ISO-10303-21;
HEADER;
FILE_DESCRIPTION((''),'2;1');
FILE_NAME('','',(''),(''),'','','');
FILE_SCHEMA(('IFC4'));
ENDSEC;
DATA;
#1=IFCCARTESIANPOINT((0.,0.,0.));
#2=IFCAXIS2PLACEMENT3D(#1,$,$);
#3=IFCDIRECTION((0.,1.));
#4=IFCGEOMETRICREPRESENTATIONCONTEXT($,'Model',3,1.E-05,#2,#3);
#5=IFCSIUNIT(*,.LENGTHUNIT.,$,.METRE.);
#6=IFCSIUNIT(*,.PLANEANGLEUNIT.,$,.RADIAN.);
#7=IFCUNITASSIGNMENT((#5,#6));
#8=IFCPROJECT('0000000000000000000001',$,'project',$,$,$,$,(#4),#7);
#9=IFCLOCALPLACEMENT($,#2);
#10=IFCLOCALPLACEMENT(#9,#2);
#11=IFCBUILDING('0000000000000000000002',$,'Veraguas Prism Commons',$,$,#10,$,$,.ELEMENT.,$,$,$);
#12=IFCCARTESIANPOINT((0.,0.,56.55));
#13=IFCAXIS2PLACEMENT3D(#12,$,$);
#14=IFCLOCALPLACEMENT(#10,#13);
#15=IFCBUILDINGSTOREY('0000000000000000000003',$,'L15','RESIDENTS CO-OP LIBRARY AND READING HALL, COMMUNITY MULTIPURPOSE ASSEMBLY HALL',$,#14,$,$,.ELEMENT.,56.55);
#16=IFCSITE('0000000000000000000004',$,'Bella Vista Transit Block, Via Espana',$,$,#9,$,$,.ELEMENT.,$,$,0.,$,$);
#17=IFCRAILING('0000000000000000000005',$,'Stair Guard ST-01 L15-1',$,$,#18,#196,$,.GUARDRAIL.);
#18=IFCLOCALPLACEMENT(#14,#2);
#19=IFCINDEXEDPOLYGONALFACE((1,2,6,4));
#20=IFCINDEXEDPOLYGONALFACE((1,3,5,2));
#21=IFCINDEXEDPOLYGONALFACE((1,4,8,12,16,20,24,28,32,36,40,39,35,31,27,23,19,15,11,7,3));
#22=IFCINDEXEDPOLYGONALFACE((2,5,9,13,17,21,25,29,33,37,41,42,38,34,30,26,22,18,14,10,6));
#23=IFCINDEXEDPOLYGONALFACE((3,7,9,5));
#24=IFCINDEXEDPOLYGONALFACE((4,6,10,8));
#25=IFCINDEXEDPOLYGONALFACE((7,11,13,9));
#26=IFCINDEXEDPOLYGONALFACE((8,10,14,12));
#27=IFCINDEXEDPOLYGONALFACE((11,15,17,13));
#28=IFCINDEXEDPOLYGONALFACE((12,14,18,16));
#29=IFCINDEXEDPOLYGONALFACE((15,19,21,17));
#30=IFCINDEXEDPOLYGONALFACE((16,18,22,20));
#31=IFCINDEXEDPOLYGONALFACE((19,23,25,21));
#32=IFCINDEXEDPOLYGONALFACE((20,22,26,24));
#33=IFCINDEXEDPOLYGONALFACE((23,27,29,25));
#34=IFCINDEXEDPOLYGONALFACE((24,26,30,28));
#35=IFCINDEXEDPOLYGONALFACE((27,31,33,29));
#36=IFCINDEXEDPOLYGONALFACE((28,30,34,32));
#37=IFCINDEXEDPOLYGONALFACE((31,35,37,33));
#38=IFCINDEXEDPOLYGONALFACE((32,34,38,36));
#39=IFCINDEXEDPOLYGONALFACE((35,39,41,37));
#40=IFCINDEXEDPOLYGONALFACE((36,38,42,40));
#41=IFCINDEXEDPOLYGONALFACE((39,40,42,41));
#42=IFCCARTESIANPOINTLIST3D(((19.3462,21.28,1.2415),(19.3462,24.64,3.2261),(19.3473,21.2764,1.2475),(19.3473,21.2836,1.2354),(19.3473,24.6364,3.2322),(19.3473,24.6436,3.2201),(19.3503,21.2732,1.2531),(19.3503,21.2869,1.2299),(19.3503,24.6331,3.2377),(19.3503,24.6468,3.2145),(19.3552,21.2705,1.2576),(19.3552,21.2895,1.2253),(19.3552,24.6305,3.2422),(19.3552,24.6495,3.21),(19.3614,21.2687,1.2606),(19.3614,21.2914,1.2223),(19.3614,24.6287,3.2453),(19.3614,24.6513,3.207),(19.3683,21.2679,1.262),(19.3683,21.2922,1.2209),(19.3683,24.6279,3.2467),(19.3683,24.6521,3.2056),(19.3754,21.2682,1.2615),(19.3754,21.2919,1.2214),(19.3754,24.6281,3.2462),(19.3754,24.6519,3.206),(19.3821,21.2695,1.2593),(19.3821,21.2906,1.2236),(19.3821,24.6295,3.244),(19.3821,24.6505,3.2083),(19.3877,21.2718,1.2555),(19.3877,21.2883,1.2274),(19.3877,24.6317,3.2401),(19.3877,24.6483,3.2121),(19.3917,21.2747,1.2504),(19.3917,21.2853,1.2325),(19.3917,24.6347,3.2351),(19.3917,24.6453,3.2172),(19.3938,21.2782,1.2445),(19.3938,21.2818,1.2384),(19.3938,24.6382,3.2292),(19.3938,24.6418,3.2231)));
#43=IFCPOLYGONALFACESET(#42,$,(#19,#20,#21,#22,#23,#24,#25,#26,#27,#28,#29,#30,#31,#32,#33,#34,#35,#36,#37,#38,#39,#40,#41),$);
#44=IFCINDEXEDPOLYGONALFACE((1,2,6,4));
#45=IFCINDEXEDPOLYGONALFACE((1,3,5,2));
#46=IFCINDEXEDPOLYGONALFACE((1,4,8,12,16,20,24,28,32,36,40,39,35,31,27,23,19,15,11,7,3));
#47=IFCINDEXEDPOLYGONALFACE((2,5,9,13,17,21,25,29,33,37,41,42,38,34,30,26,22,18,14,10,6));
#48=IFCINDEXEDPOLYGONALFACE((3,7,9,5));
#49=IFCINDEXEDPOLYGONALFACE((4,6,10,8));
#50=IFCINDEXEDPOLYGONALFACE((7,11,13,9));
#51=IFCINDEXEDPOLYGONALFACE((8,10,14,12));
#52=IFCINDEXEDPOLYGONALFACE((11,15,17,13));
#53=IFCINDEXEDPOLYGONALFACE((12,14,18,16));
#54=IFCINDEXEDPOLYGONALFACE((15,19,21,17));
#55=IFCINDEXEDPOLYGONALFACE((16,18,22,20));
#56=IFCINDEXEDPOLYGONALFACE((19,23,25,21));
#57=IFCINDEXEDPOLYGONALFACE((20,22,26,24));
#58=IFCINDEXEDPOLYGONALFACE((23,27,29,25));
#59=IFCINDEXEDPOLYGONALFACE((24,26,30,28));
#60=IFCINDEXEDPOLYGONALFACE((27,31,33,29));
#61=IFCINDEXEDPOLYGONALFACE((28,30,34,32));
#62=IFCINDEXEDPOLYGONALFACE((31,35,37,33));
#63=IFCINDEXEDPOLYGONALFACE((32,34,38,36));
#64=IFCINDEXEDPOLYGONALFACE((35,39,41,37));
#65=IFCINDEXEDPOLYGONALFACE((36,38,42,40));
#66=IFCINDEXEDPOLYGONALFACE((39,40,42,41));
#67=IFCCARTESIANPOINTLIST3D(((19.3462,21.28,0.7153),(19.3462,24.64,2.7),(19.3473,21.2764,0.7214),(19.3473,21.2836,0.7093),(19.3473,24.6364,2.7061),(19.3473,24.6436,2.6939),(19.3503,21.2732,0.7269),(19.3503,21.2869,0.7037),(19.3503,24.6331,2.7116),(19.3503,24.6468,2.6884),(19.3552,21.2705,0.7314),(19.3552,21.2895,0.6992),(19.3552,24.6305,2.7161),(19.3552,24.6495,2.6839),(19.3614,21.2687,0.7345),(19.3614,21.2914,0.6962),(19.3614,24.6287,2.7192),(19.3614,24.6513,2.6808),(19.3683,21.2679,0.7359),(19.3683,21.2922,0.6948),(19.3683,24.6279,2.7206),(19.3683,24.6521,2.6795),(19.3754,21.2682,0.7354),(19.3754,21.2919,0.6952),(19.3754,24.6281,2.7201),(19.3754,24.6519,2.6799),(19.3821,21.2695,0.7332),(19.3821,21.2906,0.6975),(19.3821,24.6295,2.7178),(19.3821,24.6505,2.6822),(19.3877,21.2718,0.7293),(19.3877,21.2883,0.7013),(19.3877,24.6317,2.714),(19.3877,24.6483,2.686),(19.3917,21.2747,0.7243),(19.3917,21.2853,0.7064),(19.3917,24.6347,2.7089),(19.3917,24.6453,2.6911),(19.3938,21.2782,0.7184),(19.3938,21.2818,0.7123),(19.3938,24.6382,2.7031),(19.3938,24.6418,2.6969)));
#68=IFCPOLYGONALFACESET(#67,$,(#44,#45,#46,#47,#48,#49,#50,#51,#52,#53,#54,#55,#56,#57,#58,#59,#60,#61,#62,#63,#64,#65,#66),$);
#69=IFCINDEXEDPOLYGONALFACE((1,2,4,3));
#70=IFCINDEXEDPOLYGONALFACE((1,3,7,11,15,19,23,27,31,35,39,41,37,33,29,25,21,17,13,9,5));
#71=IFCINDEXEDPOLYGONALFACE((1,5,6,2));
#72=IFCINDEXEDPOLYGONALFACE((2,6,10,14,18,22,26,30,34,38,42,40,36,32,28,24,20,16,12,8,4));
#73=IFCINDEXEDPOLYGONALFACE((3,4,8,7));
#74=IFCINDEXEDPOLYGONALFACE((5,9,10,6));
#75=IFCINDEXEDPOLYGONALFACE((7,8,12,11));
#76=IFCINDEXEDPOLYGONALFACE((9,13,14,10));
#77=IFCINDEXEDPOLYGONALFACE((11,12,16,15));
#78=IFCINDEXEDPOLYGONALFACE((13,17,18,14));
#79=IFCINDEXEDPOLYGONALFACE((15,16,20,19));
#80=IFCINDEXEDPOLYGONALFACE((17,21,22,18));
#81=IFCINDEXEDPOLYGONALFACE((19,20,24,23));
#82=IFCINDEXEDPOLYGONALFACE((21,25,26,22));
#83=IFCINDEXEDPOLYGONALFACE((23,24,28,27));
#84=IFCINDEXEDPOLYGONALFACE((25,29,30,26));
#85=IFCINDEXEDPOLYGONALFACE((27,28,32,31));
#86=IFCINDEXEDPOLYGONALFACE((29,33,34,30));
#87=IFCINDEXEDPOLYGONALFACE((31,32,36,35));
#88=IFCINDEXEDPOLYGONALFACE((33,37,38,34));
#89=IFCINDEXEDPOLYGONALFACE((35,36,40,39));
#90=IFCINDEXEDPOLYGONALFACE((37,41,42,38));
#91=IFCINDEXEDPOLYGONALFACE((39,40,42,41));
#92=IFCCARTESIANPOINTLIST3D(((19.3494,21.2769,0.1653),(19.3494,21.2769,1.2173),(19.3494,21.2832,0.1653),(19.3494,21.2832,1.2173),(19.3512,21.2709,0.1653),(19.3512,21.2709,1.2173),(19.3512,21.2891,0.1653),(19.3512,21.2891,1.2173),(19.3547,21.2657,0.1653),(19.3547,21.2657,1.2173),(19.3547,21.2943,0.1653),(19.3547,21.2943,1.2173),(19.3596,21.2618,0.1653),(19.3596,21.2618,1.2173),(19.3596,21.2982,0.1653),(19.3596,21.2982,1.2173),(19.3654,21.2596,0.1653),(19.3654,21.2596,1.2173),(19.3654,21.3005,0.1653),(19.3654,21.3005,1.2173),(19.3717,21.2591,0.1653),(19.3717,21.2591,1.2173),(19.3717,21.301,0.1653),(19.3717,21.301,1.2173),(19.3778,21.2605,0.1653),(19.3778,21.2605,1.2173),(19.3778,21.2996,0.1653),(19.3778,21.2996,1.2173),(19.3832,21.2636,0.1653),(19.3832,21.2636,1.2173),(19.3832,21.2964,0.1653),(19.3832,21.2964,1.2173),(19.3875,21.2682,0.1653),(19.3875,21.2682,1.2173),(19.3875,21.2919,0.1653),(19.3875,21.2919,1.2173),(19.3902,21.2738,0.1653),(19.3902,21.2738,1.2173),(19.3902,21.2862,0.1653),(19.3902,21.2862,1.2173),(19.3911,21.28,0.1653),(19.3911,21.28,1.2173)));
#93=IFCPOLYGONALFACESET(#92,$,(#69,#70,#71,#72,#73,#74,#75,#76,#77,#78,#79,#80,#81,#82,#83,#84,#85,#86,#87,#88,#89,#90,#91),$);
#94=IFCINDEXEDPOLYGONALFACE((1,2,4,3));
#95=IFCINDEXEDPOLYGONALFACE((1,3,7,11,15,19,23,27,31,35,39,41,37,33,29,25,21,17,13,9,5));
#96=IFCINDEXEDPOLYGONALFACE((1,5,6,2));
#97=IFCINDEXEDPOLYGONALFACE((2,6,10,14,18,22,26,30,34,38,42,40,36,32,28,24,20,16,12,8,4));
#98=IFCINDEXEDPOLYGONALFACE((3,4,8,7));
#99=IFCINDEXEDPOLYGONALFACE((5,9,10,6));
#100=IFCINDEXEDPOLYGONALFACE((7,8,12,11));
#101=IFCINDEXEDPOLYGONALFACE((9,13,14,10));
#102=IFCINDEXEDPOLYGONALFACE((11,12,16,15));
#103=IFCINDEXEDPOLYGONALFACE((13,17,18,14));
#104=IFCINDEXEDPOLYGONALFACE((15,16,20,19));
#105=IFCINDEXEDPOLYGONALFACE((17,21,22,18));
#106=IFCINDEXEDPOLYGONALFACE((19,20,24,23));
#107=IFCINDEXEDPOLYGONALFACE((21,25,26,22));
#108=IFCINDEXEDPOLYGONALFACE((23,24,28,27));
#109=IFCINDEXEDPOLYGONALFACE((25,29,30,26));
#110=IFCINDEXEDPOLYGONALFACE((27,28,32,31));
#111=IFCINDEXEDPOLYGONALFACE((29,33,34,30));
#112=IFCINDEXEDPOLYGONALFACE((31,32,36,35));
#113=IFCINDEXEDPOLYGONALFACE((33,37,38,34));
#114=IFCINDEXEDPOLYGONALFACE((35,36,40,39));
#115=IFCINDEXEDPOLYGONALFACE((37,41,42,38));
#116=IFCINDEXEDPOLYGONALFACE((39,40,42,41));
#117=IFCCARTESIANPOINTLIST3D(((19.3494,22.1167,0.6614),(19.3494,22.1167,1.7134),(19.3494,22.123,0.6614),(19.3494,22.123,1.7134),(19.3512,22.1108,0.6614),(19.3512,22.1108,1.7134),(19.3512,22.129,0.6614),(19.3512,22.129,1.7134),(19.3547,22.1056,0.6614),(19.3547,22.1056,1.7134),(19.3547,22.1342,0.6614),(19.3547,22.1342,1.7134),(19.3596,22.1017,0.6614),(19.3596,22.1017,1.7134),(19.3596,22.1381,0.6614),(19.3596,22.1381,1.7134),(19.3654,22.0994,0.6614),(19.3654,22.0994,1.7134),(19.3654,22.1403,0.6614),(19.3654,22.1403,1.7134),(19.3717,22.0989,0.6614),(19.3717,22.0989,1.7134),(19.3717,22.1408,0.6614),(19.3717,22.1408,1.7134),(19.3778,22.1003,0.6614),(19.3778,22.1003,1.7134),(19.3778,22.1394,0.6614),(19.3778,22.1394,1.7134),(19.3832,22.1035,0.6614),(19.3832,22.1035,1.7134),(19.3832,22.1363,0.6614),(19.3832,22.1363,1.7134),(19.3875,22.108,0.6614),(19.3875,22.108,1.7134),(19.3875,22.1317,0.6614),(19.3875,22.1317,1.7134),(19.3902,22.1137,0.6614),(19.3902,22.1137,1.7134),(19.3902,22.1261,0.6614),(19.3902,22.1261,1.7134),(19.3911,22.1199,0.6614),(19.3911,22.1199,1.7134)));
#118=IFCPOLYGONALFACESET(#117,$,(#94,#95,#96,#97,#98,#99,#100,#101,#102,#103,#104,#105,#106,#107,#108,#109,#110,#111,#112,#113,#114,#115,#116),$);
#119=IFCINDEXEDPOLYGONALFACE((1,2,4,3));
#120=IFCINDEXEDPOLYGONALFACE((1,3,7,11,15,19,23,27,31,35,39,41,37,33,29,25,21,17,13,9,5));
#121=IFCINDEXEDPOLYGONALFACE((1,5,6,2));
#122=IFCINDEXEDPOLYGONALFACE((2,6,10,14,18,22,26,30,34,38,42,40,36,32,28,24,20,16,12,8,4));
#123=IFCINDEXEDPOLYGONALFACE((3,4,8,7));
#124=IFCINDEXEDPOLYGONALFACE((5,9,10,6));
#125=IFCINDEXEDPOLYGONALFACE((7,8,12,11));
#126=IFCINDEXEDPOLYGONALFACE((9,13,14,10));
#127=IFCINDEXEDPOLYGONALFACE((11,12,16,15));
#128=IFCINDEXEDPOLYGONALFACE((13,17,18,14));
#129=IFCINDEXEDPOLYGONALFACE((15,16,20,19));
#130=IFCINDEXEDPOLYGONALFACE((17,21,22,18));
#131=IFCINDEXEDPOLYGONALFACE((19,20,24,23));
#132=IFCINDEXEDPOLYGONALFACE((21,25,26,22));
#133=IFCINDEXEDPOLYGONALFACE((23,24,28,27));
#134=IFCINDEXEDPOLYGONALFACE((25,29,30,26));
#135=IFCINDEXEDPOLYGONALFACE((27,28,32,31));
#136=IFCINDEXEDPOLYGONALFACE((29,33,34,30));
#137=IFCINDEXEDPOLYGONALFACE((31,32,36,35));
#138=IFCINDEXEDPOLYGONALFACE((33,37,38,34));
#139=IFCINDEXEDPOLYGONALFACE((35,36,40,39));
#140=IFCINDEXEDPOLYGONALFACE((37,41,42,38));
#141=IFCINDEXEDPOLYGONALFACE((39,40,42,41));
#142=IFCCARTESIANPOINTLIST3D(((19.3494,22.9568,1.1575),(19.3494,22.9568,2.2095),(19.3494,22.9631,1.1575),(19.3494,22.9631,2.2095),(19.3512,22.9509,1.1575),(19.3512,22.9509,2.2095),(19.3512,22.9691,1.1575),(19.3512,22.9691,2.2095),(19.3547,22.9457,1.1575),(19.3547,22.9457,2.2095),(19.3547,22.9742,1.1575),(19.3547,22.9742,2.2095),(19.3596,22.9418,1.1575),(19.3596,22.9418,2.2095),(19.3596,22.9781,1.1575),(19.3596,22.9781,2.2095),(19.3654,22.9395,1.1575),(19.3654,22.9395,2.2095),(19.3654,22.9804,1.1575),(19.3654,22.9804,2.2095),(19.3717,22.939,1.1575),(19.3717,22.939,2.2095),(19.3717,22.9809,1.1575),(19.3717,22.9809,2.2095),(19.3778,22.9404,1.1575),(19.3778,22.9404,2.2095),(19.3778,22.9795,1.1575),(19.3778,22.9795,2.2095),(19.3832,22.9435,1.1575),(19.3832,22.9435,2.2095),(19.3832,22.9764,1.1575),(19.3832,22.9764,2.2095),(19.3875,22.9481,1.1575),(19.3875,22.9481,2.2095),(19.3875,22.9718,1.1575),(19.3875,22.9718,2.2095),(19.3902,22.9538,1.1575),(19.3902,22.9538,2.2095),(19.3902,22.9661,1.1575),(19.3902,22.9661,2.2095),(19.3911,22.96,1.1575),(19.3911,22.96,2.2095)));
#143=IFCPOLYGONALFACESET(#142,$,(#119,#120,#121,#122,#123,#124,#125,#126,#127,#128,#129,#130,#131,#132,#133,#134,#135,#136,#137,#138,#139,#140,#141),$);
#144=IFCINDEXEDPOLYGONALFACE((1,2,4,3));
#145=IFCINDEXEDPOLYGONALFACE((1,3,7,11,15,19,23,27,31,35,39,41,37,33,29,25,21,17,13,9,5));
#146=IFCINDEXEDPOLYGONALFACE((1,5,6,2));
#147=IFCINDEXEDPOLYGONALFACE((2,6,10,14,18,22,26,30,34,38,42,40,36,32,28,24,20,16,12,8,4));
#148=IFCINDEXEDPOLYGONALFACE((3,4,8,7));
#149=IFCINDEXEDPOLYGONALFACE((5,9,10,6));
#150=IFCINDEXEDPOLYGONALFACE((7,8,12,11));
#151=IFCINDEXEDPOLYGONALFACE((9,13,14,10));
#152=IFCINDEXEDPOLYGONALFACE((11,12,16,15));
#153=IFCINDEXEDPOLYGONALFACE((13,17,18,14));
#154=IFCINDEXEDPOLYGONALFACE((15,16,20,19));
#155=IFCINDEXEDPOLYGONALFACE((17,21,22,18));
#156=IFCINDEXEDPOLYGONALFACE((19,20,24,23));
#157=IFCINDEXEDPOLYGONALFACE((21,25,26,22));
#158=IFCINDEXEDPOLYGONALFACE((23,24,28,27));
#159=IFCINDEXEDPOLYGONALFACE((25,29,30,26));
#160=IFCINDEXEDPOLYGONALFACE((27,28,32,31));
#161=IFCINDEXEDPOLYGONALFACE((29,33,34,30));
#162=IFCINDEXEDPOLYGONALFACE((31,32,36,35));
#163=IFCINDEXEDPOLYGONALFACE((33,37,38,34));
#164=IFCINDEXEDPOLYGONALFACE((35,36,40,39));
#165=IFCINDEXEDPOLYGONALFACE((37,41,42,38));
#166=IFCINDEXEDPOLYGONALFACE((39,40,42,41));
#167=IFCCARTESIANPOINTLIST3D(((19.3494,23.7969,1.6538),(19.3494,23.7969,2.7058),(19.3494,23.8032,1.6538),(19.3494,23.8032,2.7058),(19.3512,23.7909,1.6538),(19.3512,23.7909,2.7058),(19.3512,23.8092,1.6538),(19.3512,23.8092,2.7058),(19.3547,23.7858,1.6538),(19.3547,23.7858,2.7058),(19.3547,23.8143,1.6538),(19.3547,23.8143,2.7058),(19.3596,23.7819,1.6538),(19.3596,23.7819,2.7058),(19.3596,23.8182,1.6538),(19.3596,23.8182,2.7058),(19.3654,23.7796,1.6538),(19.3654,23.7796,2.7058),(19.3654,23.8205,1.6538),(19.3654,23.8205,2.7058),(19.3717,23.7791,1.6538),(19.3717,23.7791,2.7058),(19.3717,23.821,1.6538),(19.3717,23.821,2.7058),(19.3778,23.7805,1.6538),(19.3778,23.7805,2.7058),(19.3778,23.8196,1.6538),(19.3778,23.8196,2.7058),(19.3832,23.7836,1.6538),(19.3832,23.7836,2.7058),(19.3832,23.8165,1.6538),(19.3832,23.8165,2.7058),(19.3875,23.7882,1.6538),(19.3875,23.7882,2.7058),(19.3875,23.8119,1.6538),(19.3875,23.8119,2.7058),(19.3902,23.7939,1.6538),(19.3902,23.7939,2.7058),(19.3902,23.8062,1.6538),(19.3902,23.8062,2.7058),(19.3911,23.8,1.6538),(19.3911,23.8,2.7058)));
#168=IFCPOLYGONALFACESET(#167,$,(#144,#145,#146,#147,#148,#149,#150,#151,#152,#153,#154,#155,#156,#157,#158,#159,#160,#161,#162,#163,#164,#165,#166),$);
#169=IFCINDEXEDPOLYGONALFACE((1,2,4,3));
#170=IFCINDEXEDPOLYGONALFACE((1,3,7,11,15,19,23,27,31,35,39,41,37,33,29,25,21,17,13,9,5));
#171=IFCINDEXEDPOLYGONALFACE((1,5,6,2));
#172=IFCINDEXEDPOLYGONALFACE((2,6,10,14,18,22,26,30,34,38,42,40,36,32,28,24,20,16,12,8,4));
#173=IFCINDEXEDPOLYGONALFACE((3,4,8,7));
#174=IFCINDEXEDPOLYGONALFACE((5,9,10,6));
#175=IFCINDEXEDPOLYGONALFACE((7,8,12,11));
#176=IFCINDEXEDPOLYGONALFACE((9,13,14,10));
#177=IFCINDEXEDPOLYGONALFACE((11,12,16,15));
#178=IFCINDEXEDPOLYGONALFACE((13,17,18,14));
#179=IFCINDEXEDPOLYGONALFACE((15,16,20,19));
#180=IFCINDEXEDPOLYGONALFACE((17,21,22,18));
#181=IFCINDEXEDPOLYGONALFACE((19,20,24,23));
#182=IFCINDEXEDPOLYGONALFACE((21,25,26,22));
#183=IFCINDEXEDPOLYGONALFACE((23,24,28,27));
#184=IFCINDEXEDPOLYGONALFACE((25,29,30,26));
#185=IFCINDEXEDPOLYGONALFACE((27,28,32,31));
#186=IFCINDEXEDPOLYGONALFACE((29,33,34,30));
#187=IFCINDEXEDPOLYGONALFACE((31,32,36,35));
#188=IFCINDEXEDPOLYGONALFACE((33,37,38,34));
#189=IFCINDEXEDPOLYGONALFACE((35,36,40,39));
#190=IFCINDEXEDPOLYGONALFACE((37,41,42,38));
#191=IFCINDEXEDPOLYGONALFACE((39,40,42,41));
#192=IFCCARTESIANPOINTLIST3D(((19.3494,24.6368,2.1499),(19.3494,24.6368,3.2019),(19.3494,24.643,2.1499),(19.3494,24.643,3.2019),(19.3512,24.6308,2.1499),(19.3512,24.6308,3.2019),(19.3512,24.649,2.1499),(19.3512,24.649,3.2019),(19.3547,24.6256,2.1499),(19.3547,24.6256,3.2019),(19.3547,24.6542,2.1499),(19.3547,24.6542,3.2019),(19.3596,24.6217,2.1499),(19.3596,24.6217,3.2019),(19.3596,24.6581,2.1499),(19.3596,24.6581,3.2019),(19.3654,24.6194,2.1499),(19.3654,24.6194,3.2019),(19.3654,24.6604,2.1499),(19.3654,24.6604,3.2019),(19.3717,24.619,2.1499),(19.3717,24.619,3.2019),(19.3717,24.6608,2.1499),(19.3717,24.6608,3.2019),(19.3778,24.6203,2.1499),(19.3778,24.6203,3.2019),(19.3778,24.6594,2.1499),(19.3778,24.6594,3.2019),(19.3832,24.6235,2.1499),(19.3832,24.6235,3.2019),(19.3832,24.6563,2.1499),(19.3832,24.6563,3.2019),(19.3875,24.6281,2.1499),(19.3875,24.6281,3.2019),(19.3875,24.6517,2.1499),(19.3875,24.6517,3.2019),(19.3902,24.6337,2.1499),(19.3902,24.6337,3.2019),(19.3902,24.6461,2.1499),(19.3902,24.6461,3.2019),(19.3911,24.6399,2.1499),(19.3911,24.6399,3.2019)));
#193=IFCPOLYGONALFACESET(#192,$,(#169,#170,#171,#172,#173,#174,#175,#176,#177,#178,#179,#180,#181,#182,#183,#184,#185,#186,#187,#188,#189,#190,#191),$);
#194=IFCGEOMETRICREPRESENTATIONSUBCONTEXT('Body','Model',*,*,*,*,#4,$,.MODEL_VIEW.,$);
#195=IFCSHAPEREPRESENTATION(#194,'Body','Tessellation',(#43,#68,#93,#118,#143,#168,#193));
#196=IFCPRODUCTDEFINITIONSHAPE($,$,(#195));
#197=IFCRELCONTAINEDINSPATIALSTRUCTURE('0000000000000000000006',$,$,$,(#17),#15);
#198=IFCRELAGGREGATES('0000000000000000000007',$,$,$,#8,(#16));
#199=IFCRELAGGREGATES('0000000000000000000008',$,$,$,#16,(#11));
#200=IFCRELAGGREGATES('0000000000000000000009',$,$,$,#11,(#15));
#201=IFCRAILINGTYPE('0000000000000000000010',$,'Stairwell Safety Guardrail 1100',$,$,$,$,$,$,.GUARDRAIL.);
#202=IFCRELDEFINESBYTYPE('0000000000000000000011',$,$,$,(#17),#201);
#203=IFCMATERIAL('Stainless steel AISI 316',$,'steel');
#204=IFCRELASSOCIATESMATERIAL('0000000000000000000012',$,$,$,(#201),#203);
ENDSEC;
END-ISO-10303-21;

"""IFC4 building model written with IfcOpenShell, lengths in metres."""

from ifc_helpers import new_model, si_unit, direction, frame, origin, origin_2d, place, context, subcontext, project, spatial, circle, extrude, material, type_object, element, save


model = new_model("IFC4")

# Units and contexts
model_context = context("Model", 3, precision=1e-05, world=origin(), true_north=direction((0.0, 1.0)))
body_context = subcontext(model_context, "Body", "Model", "MODEL_VIEW")
ifc_project = project(units=[si_unit("LENGTHUNIT", "METRE"), si_unit("PLANEANGLEUNIT", "RADIAN")], contexts=[model_context])

# Site, building, storey
site_placement = place(None, origin())
site = spatial("IfcSite", under=ifc_project, at=site_placement, Name="Bella Vista Transit Block, Via Espana", CompositionType="ELEMENT", RefElevation=0.0)
building_placement = place(site_placement, origin())
building = spatial("IfcBuilding", under=site, at=building_placement, Name="Veraguas Prism Commons", CompositionType="ELEMENT")
storey_placement = place(building_placement, frame((0.0, 0.0, 56.55)))
storey = spatial("IfcBuildingStorey", under=building, at=storey_placement, Name="L15", Description="RESIDENTS CO-OP LIBRARY AND READING HALL, COMMUNITY MULTIPURPOSE ASSEMBLY HALL", CompositionType="ELEMENT", Elevation=56.55)

# Railing
ifc_material_1 = material(Name="Stainless steel AISI 316", Category="steel")
railing_type_1 = type_object("IfcRailingType", Name="Stairwell Safety Guardrail 1100", PredefinedType="GUARDRAIL", material=ifc_material_1)
railing_1_placement = place(storey_placement, frame((19.3701, 21.28, 0.1653)))
element("IfcRailing", 1, at=railing_1_placement, inside=storey, type_object=railing_type_1, Name="Stair Guard ST-01 L15-1", PredefinedType="GUARDRAIL", context=body_context, shape_type="SweptSolid", body=[
    extrude(circle(Radius=0.0239, at=origin_2d()), frame((0.0, 0.0, 1.0762), z_axis=(0.0, 0.861011, 0.508586), x_axis=(-1.0, 0.0, 0.0)), (0.0, 0.0, 1.0), 3.9023),
    extrude(circle(Radius=0.0239, at=origin_2d()), frame((0.0, 0.0, 0.55), z_axis=(0.0, 0.861011, 0.508586), x_axis=(-1.0, 0.0, 0.0)), (0.0, 0.0, 1.0), 3.9023),
    extrude(circle(Radius=0.021, at=origin_2d()), origin(), (0.0, 0.0, 1.0), 1.052),
    extrude(circle(Radius=0.021, at=origin_2d()), frame((0.0, 0.8398, 0.4961)), (0.0, 0.0, 1.0), 1.052),
    extrude(circle(Radius=0.021, at=origin_2d()), frame((0.0, 1.6799, 0.9922)), (0.0, 0.0, 1.0), 1.052),
    extrude(circle(Radius=0.021, at=origin_2d()), frame((0.0, 2.52, 1.4885)), (0.0, 0.0, 1.0), 1.052),
    extrude(circle(Radius=0.021, at=origin_2d()), frame((0.0, 3.3599, 1.9846)), (0.0, 0.0, 1.0), 1.052),
])

save(model, "model.ifc")
